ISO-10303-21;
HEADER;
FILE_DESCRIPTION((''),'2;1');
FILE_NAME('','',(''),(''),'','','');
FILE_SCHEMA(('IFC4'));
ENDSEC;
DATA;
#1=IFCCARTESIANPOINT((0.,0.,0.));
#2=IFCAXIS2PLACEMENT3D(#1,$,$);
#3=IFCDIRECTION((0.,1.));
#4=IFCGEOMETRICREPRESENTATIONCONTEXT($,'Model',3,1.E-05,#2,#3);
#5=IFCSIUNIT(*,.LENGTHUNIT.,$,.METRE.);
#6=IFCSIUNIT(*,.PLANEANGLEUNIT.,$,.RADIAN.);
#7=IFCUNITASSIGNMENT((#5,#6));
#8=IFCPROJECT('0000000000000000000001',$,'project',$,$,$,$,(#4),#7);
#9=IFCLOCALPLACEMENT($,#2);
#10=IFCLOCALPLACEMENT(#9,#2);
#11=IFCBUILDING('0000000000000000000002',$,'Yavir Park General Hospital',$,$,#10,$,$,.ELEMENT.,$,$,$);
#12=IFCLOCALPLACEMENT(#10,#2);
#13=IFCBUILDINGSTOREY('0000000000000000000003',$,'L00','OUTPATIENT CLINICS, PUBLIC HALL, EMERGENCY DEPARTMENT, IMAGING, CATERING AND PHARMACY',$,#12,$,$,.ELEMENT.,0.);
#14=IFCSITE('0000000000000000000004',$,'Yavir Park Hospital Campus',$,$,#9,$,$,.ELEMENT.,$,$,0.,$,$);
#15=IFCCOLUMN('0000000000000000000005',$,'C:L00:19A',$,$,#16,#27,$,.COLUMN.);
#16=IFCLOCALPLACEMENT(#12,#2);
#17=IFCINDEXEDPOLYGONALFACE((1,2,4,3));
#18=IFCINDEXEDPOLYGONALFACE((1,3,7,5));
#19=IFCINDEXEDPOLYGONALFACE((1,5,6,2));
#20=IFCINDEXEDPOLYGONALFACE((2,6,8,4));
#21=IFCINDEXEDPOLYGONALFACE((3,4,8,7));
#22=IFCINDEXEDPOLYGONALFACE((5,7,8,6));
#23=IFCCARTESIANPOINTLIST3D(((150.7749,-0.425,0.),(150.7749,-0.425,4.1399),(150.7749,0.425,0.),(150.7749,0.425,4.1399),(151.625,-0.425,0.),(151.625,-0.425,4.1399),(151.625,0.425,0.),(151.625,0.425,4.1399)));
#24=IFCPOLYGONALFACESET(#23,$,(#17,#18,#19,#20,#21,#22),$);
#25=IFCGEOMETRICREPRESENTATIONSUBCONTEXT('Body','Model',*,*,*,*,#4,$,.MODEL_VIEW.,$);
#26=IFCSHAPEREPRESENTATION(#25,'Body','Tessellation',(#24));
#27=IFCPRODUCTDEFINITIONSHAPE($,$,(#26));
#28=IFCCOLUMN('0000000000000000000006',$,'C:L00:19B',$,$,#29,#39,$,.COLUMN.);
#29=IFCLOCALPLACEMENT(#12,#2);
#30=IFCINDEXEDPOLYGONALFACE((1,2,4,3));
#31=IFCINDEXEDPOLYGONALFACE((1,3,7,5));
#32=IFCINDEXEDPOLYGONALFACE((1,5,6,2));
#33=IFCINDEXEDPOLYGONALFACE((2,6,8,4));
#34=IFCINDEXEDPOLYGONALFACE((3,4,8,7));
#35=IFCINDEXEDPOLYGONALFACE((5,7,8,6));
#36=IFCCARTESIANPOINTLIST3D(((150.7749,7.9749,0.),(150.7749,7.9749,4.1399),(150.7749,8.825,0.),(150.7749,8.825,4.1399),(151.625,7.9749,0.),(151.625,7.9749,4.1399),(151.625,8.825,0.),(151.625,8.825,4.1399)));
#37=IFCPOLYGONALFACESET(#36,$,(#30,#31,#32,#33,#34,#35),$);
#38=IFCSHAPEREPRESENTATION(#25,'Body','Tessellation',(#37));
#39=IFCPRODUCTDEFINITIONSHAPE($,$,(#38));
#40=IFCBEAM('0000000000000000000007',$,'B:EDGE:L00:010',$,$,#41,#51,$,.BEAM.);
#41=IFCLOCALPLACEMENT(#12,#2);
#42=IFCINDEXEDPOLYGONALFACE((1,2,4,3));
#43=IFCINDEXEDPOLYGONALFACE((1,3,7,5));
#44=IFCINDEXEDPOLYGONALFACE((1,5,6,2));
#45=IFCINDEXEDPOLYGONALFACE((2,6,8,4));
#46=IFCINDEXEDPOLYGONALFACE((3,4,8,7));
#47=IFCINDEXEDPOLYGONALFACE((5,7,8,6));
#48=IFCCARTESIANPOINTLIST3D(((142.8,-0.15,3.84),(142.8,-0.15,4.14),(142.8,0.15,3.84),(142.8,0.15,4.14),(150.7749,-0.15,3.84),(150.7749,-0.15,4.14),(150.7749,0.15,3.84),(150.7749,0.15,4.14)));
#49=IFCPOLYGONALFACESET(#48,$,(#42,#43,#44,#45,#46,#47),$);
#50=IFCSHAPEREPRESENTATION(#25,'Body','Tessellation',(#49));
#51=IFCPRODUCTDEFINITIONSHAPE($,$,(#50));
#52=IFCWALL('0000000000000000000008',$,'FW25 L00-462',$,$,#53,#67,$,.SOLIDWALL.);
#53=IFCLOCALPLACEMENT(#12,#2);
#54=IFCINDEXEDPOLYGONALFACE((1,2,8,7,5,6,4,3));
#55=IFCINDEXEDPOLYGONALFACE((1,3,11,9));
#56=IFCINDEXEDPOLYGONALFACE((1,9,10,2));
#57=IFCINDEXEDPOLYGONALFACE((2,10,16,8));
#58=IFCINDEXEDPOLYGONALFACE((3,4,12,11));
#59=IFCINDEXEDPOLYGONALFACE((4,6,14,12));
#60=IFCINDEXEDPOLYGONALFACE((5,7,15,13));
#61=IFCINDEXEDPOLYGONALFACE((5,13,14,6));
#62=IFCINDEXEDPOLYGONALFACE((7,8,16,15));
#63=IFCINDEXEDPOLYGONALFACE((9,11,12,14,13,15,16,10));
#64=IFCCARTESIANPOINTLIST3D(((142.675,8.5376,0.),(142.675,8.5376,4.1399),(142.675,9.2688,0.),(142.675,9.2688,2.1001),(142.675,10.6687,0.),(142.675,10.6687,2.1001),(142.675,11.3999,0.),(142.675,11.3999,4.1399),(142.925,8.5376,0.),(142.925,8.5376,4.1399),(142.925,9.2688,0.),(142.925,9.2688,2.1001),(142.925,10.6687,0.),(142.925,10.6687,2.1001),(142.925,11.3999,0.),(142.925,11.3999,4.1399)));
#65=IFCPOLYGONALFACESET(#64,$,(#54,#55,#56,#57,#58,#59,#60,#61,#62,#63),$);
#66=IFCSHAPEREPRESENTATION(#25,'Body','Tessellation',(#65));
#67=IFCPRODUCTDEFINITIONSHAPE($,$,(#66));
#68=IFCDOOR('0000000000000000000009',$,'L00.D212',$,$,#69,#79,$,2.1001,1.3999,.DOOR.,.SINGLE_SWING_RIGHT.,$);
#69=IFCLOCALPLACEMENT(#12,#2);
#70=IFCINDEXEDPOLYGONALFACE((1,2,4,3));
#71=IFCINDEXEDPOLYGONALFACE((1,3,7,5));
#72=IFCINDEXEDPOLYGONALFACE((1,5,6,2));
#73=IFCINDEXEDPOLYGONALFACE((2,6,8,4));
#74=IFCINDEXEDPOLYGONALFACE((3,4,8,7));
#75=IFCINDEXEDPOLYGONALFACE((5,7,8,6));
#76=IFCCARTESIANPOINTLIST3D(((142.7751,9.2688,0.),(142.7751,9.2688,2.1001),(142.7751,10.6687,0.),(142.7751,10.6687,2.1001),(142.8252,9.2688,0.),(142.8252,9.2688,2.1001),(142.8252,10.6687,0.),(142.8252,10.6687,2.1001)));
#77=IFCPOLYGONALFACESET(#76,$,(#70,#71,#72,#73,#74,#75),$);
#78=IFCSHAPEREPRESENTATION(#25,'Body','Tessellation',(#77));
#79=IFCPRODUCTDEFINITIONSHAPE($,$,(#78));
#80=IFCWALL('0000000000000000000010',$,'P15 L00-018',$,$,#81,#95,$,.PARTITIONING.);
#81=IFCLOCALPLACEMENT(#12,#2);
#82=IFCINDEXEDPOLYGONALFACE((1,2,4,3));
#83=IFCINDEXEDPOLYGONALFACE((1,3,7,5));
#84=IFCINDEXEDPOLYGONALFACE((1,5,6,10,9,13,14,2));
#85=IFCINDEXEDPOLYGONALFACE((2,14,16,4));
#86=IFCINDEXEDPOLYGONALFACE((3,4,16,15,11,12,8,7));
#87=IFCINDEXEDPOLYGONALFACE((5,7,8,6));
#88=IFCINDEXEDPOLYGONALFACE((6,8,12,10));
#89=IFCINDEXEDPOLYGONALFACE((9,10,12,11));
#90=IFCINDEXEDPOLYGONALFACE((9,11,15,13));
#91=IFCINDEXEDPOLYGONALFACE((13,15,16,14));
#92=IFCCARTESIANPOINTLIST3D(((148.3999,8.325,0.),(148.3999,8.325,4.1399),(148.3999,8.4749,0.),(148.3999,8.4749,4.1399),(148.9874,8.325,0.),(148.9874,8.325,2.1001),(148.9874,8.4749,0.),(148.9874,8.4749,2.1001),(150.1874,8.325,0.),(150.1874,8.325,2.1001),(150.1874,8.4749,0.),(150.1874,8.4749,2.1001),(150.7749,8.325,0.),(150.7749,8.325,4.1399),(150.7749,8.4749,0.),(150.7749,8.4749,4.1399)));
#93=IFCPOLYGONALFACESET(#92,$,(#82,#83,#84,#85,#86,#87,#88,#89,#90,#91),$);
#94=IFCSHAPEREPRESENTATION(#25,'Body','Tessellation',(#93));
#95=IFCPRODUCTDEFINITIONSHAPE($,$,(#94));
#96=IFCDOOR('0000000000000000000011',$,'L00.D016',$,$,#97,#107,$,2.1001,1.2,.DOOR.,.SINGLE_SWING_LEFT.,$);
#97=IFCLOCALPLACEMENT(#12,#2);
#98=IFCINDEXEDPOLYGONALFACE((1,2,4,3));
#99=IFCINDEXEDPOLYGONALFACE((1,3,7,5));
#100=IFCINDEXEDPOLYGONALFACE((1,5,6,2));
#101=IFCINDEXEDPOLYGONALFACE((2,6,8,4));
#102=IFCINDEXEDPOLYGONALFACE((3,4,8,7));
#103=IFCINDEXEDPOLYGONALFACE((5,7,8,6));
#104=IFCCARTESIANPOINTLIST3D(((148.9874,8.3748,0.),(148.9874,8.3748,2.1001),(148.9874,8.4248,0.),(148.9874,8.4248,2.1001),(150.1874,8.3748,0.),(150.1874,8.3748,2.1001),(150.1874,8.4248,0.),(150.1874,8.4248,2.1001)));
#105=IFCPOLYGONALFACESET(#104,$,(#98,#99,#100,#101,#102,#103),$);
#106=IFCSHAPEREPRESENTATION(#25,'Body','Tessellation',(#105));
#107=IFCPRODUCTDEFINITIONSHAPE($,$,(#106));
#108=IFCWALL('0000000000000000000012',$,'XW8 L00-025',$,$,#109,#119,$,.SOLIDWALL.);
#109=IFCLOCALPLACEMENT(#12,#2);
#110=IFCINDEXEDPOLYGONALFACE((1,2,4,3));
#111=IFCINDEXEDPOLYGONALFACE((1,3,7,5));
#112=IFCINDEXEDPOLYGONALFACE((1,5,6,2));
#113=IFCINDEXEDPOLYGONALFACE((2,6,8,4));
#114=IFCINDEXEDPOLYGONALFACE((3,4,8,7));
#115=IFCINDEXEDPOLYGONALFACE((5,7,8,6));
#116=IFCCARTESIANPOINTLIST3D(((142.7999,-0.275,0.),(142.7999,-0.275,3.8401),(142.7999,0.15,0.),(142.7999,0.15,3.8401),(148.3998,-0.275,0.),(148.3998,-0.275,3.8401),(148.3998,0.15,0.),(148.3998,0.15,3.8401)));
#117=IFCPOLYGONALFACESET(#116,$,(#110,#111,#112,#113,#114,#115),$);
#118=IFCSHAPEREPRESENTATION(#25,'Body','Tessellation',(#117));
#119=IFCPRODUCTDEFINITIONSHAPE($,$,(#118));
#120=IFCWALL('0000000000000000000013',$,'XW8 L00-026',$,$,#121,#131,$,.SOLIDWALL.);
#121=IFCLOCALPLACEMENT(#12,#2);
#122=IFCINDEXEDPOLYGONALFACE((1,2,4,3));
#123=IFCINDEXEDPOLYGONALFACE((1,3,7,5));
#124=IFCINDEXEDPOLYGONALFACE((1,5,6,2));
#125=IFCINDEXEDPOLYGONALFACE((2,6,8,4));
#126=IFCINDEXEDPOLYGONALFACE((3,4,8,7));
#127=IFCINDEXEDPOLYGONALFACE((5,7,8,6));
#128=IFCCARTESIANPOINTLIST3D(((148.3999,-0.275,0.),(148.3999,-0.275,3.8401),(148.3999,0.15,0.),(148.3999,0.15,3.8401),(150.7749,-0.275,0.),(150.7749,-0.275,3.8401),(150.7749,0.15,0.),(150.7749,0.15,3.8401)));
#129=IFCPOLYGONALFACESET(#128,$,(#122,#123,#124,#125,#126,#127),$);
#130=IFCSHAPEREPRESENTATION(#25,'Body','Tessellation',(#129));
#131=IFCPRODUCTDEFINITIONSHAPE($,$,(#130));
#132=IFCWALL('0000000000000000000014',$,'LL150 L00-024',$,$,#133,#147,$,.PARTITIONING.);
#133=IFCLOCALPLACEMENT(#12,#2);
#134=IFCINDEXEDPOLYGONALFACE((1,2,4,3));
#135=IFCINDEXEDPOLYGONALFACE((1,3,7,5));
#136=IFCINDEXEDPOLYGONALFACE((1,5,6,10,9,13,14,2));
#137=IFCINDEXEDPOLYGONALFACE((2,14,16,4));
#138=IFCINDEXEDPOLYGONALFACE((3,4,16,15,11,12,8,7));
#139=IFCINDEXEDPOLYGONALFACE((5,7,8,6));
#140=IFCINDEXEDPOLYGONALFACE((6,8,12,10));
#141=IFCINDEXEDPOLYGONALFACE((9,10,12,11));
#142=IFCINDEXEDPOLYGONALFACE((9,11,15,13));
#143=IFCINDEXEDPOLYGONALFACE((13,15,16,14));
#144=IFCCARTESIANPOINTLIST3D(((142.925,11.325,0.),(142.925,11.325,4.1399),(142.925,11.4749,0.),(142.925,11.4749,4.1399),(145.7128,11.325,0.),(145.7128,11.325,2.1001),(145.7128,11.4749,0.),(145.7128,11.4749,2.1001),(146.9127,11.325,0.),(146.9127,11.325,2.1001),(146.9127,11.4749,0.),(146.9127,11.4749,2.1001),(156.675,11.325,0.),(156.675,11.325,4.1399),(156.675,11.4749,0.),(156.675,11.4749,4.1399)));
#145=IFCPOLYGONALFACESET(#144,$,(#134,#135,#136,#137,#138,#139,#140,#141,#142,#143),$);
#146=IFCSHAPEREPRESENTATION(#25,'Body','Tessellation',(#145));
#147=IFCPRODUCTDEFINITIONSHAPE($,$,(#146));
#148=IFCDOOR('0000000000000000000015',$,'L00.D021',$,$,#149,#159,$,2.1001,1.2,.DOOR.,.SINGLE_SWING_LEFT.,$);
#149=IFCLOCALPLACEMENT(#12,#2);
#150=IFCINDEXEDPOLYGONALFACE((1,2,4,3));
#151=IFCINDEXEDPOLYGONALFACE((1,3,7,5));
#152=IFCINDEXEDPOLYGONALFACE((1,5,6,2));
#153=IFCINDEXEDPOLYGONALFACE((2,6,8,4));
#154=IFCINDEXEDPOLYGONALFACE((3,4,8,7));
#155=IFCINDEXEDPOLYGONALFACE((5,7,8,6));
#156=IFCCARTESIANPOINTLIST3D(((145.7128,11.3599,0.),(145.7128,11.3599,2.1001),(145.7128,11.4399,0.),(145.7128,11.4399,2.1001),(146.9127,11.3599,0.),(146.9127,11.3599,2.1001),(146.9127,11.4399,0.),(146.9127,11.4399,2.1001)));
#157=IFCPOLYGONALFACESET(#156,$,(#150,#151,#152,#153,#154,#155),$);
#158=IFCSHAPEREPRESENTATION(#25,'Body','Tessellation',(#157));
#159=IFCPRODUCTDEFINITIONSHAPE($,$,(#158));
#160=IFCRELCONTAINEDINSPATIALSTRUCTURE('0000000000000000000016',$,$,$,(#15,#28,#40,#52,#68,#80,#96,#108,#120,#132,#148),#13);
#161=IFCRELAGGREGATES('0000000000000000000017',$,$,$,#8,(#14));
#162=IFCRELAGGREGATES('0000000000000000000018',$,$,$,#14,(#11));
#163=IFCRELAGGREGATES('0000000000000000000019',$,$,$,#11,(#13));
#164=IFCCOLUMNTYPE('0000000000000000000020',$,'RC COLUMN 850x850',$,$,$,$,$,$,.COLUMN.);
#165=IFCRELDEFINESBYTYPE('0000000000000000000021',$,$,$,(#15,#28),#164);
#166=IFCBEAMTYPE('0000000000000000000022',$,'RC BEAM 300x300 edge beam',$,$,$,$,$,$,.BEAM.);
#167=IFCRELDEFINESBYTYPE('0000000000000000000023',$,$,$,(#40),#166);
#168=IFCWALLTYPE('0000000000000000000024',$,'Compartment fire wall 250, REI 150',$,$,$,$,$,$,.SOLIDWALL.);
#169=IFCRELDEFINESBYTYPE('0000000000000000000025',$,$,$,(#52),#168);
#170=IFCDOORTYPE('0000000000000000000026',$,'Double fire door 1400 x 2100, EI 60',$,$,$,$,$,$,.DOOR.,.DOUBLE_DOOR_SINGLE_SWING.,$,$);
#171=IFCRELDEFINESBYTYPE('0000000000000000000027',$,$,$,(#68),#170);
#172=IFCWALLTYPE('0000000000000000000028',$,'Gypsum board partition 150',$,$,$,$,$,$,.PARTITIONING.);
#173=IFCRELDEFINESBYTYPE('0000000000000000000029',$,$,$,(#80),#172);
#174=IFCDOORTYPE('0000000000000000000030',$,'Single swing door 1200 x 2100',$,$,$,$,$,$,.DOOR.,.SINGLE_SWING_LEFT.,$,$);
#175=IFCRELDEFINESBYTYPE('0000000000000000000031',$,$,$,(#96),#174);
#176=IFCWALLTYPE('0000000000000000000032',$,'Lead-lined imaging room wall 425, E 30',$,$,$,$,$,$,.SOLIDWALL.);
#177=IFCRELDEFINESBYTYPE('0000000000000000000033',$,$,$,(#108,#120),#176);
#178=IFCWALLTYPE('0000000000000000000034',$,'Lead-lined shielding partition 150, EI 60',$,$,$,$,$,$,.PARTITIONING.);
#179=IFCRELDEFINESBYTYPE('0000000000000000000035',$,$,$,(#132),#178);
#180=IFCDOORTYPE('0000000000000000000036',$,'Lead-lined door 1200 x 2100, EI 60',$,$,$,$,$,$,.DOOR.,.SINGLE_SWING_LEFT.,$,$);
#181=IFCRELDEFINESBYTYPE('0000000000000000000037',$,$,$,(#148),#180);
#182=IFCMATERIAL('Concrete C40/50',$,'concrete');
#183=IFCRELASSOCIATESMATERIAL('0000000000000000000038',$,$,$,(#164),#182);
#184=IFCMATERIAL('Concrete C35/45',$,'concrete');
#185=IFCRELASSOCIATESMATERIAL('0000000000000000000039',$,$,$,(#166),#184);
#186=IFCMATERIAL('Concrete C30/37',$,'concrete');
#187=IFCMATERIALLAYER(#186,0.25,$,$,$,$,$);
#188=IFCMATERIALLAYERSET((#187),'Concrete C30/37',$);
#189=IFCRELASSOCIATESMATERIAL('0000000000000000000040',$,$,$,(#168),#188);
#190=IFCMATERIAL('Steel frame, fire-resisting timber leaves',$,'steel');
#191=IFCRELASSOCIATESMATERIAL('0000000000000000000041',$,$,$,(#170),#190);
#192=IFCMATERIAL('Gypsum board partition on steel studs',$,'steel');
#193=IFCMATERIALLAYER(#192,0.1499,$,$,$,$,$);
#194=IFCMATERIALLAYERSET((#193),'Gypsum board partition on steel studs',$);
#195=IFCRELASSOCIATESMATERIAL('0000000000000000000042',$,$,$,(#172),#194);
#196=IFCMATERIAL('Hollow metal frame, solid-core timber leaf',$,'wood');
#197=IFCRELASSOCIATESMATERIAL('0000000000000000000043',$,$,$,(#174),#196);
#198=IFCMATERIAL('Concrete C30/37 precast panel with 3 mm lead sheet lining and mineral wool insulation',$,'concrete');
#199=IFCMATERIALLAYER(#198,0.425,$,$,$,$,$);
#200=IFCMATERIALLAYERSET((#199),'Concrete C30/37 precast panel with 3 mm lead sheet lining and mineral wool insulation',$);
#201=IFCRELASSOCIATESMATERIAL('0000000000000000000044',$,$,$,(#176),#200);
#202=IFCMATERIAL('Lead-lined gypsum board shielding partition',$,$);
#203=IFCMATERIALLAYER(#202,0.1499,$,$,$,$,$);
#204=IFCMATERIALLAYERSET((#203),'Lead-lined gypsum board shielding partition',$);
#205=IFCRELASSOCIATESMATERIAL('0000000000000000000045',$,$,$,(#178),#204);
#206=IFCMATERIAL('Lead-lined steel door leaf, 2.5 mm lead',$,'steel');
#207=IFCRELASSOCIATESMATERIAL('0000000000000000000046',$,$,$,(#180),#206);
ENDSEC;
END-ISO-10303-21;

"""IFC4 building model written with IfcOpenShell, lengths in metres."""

from ifc_helpers import new_model, si_unit, direction, frame, frame_2d, origin, origin_2d, place, context, subcontext, project, spatial, rectangle, extrude, material, layer, layer_set, material_profile, profile_set, type_object, element, fill, save


model = new_model("IFC4")

# Units and contexts
model_context = context("Model", 3, precision=1e-05, world=origin(), true_north=direction((0.0, 1.0)))
body_context = subcontext(model_context, "Body", "Model", "MODEL_VIEW")
ifc_project = project(units=[si_unit("LENGTHUNIT", "METRE"), si_unit("PLANEANGLEUNIT", "RADIAN")], contexts=[model_context])

# Site, building, storey
site_placement = place(None, origin())
site = spatial("IfcSite", under=ifc_project, at=site_placement, Name="Yavir Park Hospital Campus", CompositionType="ELEMENT", RefElevation=0.0)
building_placement = place(site_placement, origin())
building = spatial("IfcBuilding", under=site, at=building_placement, Name="Yavir Park General Hospital", CompositionType="ELEMENT")
storey_placement = place(building_placement, origin())
storey = spatial("IfcBuildingStorey", under=building, at=storey_placement, Name="L00", Description="OUTPATIENT CLINICS, PUBLIC HALL, EMERGENCY DEPARTMENT, IMAGING, CATERING AND PHARMACY", CompositionType="ELEMENT", Elevation=0.0)

# Columns
ifc_material_1 = material(Name="Concrete C40/50", Category="concrete")
ifc_material_profile_1 = material_profile(ifc_material_1, rectangle(XDim=0.8501, YDim=0.8501, at=origin_2d()), Name="RC850x850")
ifc_profile_set_1 = profile_set([ifc_material_profile_1], Name="Concrete C40/50")
column_type = type_object("IfcColumnType", Name="RC COLUMN 850x850", PredefinedType="COLUMN", material=ifc_profile_set_1)
for number, where, z_axis, x_axis, name in (
    (1, (151.2, 0.0, 0.0), (0.0, 0.0, 1.0), (1.0, 0.0, 0.0), "C:L00:19A"),
    (2, (151.2, 8.3999, 0.0), (0.0, 0.0, 1.0), (1.0, 0.0, 0.0), "C:L00:19B"),
):
    element("IfcColumn", number, at=place(storey_placement, frame(where, z_axis=z_axis, x_axis=x_axis)), inside=storey, type_object=column_type, Name=name, PredefinedType="COLUMN", context=body_context, shape_type="SweptSolid", body=[
        extrude(rectangle(XDim=0.8501, YDim=0.8501, at=origin_2d()), origin(), (0.0, 0.0, 1.0), 4.1399),
    ])

# Beam
ifc_material_2 = material(Name="Concrete C35/45", Category="concrete")
ifc_material_profile_2 = material_profile(ifc_material_2, rectangle(XDim=0.3, YDim=0.3, at=origin_2d()), Name="RC300x300")
ifc_profile_set_2 = profile_set([ifc_material_profile_2], Name="Concrete C35/45")
beam_type = type_object("IfcBeamType", Name="RC BEAM 300x300 edge beam", PredefinedType="BEAM", material=ifc_profile_set_2)
beam_placement = place(storey_placement, frame((142.8, 0.0, 3.99), z_axis=(1.0, 0.0, 0.0), x_axis=(0.0, 1.0, 0.0)))
element("IfcBeam", 3, at=beam_placement, inside=storey, type_object=beam_type, Name="B:EDGE:L00:010", PredefinedType="BEAM", context=body_context, shape_type="SweptSolid", body=[
    extrude(rectangle(XDim=0.3, YDim=0.3, at=origin_2d()), origin(), (0.0, 0.0, 1.0), 7.9749),
])

# Walls, openings, doors
ifc_material_3 = material(Name="Concrete C30/37", Category="concrete")
ifc_layer_1 = layer(ifc_material_3, 0.25)
ifc_layer_set_1 = layer_set([ifc_layer_1], Name="Concrete C30/37")
wall_type_1 = type_object("IfcWallType", Name="Compartment fire wall 250, REI 150", PredefinedType="SOLIDWALL", material=ifc_layer_set_1)
wall_1_placement = place(storey_placement, frame((142.8, 8.5376, 0.0), z_axis=(0.0, 0.0, 1.0), x_axis=(0.0, 1.0, 0.0)))
wall_1 = element("IfcWall", 4, at=wall_1_placement, inside=storey, type_object=wall_type_1, Name="FW25 L00-462", PredefinedType="SOLIDWALL", context=body_context, shape_type="SweptSolid", body=[
    extrude(rectangle(XDim=2.8623, YDim=0.25, at=frame_2d((1.4312, 0.0))), origin(), (0.0, 0.0, 1.0), 4.1399),
])
opening_1_placement = place(wall_1_placement, frame((0.7312, 0.0, 0.0)))
opening_1 = element("IfcOpeningElement", 5, at=opening_1_placement, cuts=wall_1, PredefinedType="OPENING", context=body_context, shape_type="SweptSolid", body=[
    extrude(rectangle(XDim=1.3999, YDim=2.1001, at=frame_2d((0.7, 1.05))), frame((0.0, 0.135, 0.0), z_axis=(0.0, -1.0, 0.0), x_axis=(1.0, 0.0, 0.0)), (0.0, 0.0, 1.0), 0.27),
])
ifc_material_4 = material(Name="Steel frame, fire-resisting timber leaves", Category="steel")
door_type_1 = type_object("IfcDoorType", Name="Double fire door 1400 x 2100, EI 60", OperationType="DOUBLE_DOOR_SINGLE_SWING", PredefinedType="DOOR", material=ifc_material_4)
door_1_placement = place(opening_1_placement, origin())
door_1 = element("IfcDoor", 6, at=door_1_placement, inside=storey, type_object=door_type_1, Name="L00.D212", OperationType="SINGLE_SWING_RIGHT", OverallHeight=2.1001, OverallWidth=1.3999, PredefinedType="DOOR", context=body_context, shape_type="SweptSolid", body=[
    extrude(rectangle(XDim=1.3999, YDim=2.1001, at=frame_2d((0.7, 1.05))), frame((0.0, 0.0249, 0.0), z_axis=(0.0, -1.0, 0.0), x_axis=(1.0, 0.0, 0.0)), (0.0, 0.0, 1.0), 0.05),
])
fill(opening_1, door_1)
ifc_material_5 = material(Name="Gypsum board partition on steel studs", Category="steel")
ifc_layer_2 = layer(ifc_material_5, 0.1499)
ifc_layer_set_2 = layer_set([ifc_layer_2], Name="Gypsum board partition on steel studs")
wall_type_2 = type_object("IfcWallType", Name="Gypsum board partition 150", PredefinedType="PARTITIONING", material=ifc_layer_set_2)
wall_2_placement = place(storey_placement, frame((148.3999, 8.3999, 0.0), z_axis=(0.0, 0.0, 1.0), x_axis=(1.0, 0.0, 0.0)))
wall_2 = element("IfcWall", 7, at=wall_2_placement, inside=storey, type_object=wall_type_2, Name="P15 L00-018", PredefinedType="PARTITIONING", context=body_context, shape_type="SweptSolid", body=[
    extrude(rectangle(XDim=2.375, YDim=0.1499, at=frame_2d((1.1875, 0.0))), origin(), (0.0, 0.0, 1.0), 4.1399),
])
opening_2_placement = place(wall_2_placement, frame((0.5874, 0.0, 0.0)))
opening_2 = element("IfcOpeningElement", 8, at=opening_2_placement, cuts=wall_2, PredefinedType="OPENING", context=body_context, shape_type="SweptSolid", body=[
    extrude(rectangle(XDim=1.2, YDim=2.1001, at=frame_2d((0.6001, 1.05))), frame((0.0, 0.085, 0.0), z_axis=(0.0, -1.0, 0.0), x_axis=(1.0, 0.0, 0.0)), (0.0, 0.0, 1.0), 0.1699),
])
ifc_material_6 = material(Name="Hollow metal frame, solid-core timber leaf", Category="wood")
door_type_2 = type_object("IfcDoorType", Name="Single swing door 1200 x 2100", OperationType="SINGLE_SWING_LEFT", PredefinedType="DOOR", material=ifc_material_6)
door_2_placement = place(opening_2_placement, origin())
door_2 = element("IfcDoor", 9, at=door_2_placement, inside=storey, type_object=door_type_2, Name="L00.D016", OperationType="SINGLE_SWING_LEFT", OverallHeight=2.1001, OverallWidth=1.2, PredefinedType="DOOR", context=body_context, shape_type="SweptSolid", body=[
    extrude(rectangle(XDim=1.2, YDim=2.1001, at=frame_2d((0.6001, 1.05))), frame((0.0, 0.0249, 0.0), z_axis=(0.0, -1.0, 0.0), x_axis=(1.0, 0.0, 0.0)), (0.0, 0.0, 1.0), 0.05),
])
fill(opening_2, door_2)

# Walls
ifc_material_7 = material(Name="Concrete C30/37 precast panel with 3 mm lead sheet lining and mineral wool insulation", Category="concrete")
ifc_layer_3 = layer(ifc_material_7, 0.425)
ifc_layer_set_3 = layer_set([ifc_layer_3], Name="Concrete C30/37 precast panel with 3 mm lead sheet lining and mineral wool insulation")
wall_type_3 = type_object("IfcWallType", Name="Lead-lined imaging room wall 425, E 30", PredefinedType="SOLIDWALL", material=ifc_layer_set_3)
wall_3_placement = place(storey_placement, frame((142.8, -0.0625, 0.0), z_axis=(0.0, 0.0, 1.0), x_axis=(1.0, 0.0, 0.0)))
element("IfcWall", 10, at=wall_3_placement, inside=storey, type_object=wall_type_3, Name="XW8 L00-025", PredefinedType="SOLIDWALL", context=body_context, shape_type="SweptSolid", body=[
    extrude(rectangle(XDim=5.5999, YDim=0.425, at=frame_2d((2.7998, 0.0))), origin(), (0.0, 0.0, 1.0), 3.8401),
])
wall_4_placement = place(storey_placement, frame((148.3999, -0.0625, 0.0), z_axis=(0.0, 0.0, 1.0), x_axis=(1.0, 0.0, 0.0)))
element("IfcWall", 11, at=wall_4_placement, inside=storey, type_object=wall_type_3, Name="XW8 L00-026", PredefinedType="SOLIDWALL", context=body_context, shape_type="SweptSolid", body=[
    extrude(rectangle(XDim=2.375, YDim=0.425, at=frame_2d((1.1875, 0.0))), origin(), (0.0, 0.0, 1.0), 3.8401),
])

# Wall, opening, door
ifc_material_8 = material(Name="Lead-lined gypsum board shielding partition")
ifc_layer_4 = layer(ifc_material_8, 0.1499)
ifc_layer_set_4 = layer_set([ifc_layer_4], Name="Lead-lined gypsum board shielding partition")
wall_type_4 = type_object("IfcWallType", Name="Lead-lined shielding partition 150, EI 60", PredefinedType="PARTITIONING", material=ifc_layer_set_4)
wall_5_placement = place(storey_placement, frame((142.925, 11.3999, 0.0), z_axis=(0.0, 0.0, 1.0), x_axis=(1.0, 0.0, 0.0)))
wall_5 = element("IfcWall", 12, at=wall_5_placement, inside=storey, type_object=wall_type_4, Name="LL150 L00-024", PredefinedType="PARTITIONING", context=body_context, shape_type="SweptSolid", body=[
    extrude(rectangle(XDim=13.75, YDim=0.1499, at=frame_2d((6.875, 0.0))), origin(), (0.0, 0.0, 1.0), 4.1399),
])
opening_3_placement = place(wall_5_placement, frame((2.7876, 0.0, 0.0)))
opening_3 = element("IfcOpeningElement", 13, at=opening_3_placement, cuts=wall_5, PredefinedType="OPENING", context=body_context, shape_type="SweptSolid", body=[
    extrude(rectangle(XDim=1.2, YDim=2.1001, at=frame_2d((0.6001, 1.05))), frame((0.0, 0.085, 0.0), z_axis=(0.0, -1.0, 0.0), x_axis=(1.0, 0.0, 0.0)), (0.0, 0.0, 1.0), 0.1699),
])
ifc_material_9 = material(Name="Lead-lined steel door leaf, 2.5 mm lead", Category="steel")
door_type_3 = type_object("IfcDoorType", Name="Lead-lined door 1200 x 2100, EI 60", OperationType="SINGLE_SWING_LEFT", PredefinedType="DOOR", material=ifc_material_9)
door_3_placement = place(opening_3_placement, origin())
door_3 = element("IfcDoor", 14, at=door_3_placement, inside=storey, type_object=door_type_3, Name="L00.D021", OperationType="SINGLE_SWING_LEFT", OverallHeight=2.1001, OverallWidth=1.2, PredefinedType="DOOR", context=body_context, shape_type="SweptSolid", body=[
    extrude(rectangle(XDim=1.2, YDim=2.1001, at=frame_2d((0.6001, 1.05))), frame((0.0, 0.04, 0.0), z_axis=(0.0, -1.0, 0.0), x_axis=(1.0, 0.0, 0.0)), (0.0, 0.0, 1.0), 0.0801),
])
fill(opening_3, door_3)

save(model, "model.ifc")
